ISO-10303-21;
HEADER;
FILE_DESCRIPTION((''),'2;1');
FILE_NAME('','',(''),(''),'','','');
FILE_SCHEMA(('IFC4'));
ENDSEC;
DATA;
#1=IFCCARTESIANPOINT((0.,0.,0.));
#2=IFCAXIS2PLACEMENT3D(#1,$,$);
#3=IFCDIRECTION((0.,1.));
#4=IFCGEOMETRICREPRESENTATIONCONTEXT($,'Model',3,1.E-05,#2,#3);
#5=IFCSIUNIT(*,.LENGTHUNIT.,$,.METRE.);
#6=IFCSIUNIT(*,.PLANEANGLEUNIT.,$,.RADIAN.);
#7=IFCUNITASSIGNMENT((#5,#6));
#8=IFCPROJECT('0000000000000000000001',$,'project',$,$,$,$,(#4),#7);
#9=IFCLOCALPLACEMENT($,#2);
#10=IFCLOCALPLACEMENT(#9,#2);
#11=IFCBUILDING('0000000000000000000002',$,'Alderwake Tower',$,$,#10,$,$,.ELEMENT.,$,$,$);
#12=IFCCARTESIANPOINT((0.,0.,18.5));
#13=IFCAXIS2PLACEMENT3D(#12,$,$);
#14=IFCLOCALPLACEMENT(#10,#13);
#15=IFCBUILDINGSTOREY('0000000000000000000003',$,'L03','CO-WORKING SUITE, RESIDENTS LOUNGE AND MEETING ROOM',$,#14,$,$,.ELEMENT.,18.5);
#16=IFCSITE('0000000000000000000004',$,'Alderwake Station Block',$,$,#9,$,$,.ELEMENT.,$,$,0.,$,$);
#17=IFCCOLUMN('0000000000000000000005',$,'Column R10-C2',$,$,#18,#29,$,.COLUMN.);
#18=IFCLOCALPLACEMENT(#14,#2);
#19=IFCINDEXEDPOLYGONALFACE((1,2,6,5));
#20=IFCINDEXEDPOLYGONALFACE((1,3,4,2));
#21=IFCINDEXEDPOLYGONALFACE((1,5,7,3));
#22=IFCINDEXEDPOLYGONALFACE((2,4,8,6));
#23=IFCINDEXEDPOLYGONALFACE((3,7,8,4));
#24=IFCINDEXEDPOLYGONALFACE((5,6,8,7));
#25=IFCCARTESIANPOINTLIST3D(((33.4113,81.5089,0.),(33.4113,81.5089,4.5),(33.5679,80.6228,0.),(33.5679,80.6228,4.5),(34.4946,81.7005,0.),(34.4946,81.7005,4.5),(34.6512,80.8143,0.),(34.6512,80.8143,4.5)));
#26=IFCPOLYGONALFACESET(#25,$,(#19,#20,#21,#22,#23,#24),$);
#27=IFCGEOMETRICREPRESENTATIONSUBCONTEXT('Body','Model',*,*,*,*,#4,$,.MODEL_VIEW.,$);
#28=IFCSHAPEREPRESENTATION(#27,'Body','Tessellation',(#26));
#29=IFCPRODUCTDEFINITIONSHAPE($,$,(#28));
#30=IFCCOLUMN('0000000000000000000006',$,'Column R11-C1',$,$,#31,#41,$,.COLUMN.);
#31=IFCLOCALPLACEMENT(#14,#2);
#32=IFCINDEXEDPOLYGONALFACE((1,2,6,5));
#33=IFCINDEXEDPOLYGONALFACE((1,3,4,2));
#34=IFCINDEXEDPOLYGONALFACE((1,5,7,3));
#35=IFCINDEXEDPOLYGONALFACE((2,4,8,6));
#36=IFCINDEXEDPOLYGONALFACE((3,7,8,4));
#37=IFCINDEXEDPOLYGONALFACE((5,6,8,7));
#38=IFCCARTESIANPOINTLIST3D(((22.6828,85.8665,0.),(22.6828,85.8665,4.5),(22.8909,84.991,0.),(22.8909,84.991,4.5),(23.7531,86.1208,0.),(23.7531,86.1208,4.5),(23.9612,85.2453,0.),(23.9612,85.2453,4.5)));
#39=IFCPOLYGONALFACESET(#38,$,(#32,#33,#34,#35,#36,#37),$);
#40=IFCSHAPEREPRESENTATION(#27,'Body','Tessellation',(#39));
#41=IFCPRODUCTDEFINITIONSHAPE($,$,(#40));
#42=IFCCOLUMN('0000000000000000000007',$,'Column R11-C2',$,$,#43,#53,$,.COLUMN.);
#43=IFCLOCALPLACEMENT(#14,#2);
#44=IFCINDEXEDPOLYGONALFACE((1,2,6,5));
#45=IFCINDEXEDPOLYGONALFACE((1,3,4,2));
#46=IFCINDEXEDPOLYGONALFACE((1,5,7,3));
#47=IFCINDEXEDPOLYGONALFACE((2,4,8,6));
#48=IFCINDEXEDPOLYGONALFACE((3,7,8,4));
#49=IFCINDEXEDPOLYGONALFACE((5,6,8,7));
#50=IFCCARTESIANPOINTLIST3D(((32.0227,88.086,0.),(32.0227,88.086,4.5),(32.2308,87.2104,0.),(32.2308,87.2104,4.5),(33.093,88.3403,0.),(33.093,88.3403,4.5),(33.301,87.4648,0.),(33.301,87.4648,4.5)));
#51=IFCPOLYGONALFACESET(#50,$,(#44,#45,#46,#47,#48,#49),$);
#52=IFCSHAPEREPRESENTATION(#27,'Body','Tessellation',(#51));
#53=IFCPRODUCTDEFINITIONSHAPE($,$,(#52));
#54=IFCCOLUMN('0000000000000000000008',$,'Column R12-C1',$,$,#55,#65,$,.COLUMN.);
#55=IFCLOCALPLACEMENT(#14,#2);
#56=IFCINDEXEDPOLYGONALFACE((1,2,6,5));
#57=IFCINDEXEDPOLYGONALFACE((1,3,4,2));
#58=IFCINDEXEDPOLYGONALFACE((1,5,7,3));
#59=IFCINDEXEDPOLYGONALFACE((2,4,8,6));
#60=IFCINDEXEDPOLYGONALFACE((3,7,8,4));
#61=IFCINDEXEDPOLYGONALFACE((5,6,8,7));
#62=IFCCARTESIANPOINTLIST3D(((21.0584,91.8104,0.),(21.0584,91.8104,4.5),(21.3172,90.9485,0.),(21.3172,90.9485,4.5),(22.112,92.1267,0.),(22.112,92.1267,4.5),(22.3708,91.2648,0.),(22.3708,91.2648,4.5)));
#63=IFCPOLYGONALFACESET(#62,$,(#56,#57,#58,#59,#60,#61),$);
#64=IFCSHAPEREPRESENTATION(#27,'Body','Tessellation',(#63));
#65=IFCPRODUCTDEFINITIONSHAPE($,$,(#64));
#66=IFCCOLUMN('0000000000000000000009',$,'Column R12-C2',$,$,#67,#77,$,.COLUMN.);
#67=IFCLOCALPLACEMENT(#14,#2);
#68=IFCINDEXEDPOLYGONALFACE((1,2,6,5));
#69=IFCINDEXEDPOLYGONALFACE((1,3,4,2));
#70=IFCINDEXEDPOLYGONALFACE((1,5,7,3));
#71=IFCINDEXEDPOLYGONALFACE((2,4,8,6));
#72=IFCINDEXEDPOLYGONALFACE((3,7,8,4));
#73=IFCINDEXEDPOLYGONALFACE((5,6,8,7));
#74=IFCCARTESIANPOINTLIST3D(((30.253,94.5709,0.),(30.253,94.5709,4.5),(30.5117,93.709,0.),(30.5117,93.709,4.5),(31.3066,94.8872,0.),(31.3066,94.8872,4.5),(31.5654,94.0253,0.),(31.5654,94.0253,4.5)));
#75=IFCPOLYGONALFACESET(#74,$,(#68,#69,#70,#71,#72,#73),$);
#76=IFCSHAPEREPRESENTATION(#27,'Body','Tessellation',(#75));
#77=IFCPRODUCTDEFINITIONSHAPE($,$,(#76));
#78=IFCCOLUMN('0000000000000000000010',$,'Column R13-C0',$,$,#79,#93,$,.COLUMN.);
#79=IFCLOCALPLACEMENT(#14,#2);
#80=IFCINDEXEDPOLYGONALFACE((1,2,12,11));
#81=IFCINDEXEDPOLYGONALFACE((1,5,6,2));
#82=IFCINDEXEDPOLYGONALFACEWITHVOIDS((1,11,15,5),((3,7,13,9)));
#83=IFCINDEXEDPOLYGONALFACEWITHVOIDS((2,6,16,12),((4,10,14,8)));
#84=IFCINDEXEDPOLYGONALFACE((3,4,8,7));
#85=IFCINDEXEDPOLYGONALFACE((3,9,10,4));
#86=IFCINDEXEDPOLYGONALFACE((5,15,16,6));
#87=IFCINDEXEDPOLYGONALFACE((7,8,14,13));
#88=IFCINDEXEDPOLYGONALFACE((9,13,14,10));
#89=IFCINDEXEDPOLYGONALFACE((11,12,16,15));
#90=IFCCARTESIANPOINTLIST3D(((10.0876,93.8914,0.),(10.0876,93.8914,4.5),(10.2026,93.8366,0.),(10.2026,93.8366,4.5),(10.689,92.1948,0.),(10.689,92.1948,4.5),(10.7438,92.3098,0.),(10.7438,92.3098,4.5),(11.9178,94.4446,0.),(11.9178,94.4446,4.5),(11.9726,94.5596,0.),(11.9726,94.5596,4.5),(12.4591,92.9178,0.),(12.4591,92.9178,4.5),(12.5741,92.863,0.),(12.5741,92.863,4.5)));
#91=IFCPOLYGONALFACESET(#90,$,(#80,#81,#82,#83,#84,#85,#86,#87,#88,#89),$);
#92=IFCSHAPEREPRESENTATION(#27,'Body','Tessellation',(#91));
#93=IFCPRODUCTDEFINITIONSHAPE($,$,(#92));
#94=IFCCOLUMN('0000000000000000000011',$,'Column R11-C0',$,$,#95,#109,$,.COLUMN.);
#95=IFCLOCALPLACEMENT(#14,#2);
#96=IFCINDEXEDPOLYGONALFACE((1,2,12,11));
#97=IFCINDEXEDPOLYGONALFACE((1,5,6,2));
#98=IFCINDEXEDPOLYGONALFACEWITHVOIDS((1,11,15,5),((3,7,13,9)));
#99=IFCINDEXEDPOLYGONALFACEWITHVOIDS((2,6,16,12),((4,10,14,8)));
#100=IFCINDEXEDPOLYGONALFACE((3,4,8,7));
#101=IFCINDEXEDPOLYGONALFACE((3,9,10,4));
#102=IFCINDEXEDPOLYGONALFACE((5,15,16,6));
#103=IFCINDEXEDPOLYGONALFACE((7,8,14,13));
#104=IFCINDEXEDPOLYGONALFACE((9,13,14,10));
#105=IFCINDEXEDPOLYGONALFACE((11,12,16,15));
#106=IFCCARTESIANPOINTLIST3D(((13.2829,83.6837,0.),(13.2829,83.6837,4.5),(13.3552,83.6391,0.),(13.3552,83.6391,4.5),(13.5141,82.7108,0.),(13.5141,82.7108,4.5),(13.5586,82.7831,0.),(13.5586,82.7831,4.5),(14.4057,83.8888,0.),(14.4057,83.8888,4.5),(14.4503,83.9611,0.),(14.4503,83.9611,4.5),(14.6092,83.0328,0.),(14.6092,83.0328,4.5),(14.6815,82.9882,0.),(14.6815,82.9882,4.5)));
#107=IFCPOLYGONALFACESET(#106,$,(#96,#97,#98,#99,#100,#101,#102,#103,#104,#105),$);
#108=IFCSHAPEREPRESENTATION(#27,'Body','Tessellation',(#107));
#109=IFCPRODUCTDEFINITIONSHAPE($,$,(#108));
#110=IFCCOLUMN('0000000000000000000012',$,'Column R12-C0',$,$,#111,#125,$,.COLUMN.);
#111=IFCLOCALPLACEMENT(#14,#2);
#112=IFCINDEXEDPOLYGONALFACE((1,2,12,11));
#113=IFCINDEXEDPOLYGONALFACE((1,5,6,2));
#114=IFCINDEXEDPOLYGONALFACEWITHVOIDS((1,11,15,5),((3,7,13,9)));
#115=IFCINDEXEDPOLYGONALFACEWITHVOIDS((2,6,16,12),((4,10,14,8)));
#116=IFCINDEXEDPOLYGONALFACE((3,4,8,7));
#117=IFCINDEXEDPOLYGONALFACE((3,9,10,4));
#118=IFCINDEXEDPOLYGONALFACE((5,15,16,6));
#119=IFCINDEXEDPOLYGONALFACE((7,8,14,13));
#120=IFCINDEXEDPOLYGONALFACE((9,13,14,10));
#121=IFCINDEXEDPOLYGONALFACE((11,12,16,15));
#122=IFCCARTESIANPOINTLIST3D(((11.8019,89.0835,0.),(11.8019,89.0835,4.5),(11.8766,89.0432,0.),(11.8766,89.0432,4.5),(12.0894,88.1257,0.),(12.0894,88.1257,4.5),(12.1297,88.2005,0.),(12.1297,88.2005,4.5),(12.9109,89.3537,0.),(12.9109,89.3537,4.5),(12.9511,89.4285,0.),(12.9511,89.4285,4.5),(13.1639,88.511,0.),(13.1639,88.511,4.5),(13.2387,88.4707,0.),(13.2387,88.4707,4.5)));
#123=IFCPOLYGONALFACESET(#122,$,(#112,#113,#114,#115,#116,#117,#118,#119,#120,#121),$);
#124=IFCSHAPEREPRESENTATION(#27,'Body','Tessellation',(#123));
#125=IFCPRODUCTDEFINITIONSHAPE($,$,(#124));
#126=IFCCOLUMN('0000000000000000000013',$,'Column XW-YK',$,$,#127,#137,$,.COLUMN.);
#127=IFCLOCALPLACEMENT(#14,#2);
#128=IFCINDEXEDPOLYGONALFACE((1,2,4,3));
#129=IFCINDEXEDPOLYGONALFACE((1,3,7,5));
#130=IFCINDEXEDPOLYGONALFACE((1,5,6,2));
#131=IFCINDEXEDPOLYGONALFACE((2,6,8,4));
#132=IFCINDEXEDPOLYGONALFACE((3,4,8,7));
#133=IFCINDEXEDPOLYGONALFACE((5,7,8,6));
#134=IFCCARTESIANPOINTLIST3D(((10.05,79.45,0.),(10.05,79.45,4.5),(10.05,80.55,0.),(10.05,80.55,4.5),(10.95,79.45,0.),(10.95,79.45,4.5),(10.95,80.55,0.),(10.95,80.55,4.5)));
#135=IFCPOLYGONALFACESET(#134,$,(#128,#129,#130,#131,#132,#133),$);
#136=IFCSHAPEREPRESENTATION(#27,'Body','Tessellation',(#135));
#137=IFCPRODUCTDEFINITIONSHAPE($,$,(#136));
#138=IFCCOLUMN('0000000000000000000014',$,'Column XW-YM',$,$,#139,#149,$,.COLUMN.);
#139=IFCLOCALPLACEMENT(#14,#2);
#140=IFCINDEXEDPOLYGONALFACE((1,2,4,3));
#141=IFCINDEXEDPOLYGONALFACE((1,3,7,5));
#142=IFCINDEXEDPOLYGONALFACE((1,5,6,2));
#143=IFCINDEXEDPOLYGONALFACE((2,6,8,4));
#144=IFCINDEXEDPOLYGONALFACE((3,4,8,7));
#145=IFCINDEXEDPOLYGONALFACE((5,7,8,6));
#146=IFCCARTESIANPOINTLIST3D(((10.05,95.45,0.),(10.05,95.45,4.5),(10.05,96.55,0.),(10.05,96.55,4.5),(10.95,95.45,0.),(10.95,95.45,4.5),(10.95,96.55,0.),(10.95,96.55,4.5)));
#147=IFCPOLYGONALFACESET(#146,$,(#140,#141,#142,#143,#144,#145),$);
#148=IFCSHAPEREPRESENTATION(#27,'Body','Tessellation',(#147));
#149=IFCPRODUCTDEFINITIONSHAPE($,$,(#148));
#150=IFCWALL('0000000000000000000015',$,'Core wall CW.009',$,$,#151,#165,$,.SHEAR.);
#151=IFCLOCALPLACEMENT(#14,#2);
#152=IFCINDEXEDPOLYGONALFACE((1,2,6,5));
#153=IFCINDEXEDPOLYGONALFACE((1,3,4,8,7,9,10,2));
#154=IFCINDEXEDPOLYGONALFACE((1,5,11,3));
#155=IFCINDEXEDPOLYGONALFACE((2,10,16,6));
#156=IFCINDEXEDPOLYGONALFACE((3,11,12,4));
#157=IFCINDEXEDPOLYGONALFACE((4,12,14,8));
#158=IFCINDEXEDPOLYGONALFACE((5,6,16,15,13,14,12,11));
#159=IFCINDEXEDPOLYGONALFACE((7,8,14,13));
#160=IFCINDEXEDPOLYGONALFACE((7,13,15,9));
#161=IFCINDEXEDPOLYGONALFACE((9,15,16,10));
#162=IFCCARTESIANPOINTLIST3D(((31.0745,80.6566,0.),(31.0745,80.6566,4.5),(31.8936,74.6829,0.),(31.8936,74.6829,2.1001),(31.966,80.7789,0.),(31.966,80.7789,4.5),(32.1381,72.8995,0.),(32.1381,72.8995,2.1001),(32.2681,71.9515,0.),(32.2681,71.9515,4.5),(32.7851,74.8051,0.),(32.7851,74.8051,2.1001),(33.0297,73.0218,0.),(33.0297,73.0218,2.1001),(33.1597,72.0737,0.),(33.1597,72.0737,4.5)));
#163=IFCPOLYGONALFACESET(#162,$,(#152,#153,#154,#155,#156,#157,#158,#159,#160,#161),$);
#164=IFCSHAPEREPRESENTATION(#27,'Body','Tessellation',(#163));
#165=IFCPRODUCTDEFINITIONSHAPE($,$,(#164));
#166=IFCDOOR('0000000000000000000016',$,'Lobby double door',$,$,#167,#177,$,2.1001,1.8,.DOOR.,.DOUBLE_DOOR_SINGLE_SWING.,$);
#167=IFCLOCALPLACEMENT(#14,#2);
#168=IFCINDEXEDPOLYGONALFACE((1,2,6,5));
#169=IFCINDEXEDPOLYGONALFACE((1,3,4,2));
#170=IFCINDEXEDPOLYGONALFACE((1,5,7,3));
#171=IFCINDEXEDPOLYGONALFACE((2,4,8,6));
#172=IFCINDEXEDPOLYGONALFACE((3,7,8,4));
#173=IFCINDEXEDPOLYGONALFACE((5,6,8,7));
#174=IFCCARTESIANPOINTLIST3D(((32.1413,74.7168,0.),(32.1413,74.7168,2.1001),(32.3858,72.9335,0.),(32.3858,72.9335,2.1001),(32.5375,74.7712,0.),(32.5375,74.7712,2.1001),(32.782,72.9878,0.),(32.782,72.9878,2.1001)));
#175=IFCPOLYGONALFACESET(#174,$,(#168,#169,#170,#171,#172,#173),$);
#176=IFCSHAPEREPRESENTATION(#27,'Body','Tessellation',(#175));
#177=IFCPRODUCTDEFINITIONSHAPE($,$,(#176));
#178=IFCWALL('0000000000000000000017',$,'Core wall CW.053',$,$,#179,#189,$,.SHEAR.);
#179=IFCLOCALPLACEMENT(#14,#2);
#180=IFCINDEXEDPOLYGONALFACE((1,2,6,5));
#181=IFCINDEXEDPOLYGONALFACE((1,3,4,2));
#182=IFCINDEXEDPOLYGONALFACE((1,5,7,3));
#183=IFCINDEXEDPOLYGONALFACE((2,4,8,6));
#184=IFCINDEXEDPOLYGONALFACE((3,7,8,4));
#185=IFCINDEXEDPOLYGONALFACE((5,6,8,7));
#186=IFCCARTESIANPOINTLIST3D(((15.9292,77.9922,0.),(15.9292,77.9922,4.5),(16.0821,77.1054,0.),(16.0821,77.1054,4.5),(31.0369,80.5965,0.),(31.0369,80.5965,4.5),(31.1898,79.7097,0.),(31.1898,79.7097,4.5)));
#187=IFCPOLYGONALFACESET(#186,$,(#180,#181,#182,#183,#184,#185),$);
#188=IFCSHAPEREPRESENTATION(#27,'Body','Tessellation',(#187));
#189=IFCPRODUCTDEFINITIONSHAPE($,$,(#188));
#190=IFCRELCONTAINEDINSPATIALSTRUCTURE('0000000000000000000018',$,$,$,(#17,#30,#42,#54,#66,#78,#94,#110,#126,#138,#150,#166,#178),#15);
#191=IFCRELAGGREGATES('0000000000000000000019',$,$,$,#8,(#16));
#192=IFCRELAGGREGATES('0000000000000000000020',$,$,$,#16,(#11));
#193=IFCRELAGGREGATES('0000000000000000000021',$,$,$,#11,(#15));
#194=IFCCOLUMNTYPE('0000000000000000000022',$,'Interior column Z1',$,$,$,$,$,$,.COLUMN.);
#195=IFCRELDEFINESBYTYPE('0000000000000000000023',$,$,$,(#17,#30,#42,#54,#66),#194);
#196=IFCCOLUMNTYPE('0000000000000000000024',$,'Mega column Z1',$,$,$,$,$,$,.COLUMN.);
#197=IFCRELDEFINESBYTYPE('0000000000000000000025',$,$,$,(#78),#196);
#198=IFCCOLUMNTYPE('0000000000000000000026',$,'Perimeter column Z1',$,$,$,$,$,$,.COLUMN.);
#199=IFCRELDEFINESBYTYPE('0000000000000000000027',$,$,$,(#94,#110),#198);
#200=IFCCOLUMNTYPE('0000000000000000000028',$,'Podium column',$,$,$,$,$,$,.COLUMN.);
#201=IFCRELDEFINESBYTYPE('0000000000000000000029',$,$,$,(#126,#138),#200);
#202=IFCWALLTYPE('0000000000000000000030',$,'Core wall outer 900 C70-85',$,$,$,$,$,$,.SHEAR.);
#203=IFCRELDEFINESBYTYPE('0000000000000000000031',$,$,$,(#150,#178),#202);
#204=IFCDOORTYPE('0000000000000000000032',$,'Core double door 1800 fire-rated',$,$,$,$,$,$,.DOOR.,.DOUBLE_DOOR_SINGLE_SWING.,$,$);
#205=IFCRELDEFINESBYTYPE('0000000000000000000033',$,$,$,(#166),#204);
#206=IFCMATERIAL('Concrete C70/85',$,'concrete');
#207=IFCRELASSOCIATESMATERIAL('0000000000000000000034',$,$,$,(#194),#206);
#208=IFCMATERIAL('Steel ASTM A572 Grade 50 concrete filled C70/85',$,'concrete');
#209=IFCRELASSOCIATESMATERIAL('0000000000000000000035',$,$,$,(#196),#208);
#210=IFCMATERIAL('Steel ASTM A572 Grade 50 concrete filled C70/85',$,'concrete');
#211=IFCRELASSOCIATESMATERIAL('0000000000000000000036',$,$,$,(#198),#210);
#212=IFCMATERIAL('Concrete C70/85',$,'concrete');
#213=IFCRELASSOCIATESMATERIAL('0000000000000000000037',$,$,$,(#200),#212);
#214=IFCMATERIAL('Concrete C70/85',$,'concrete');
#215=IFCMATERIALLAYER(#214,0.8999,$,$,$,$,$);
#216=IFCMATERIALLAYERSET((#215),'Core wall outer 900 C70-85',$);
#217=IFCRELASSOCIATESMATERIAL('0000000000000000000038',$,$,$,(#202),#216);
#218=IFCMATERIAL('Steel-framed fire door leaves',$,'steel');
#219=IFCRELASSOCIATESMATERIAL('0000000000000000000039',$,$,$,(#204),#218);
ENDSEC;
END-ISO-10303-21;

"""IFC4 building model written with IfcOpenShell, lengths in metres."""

from ifc_helpers import new_model, si_unit, direction, frame, frame_2d, origin, origin_2d, place, context, subcontext, project, spatial, rectangle, hollow_rectangle, extrude, material, layer, layer_set, material_profile, profile_set, type_object, element, fill, save


model = new_model("IFC4")

# Units and contexts
model_context = context("Model", 3, precision=1e-05, world=origin(), true_north=direction((0.0, 1.0)))
body_context = subcontext(model_context, "Body", "Model", "MODEL_VIEW")
ifc_project = project(units=[si_unit("LENGTHUNIT", "METRE"), si_unit("PLANEANGLEUNIT", "RADIAN")], contexts=[model_context])

# Site, building, storey
site_placement = place(None, origin())
site = spatial("IfcSite", under=ifc_project, at=site_placement, Name="Alderwake Station Block", CompositionType="ELEMENT", RefElevation=0.0)
building_placement = place(site_placement, origin())
building = spatial("IfcBuilding", under=site, at=building_placement, Name="Alderwake Tower", CompositionType="ELEMENT")
storey_placement = place(building_placement, frame((0.0, 0.0, 18.5)))
storey = spatial("IfcBuildingStorey", under=building, at=storey_placement, Name="L03", Description="CO-WORKING SUITE, RESIDENTS LOUNGE AND MEETING ROOM", CompositionType="ELEMENT", Elevation=18.5)

# Columns
ifc_material_1 = material(Name="Concrete C70/85", Category="concrete")
ifc_material_profile_1 = material_profile(ifc_material_1, rectangle(XDim=0.8999, YDim=1.1001, at=origin_2d()), Name="RC 1100X900")
ifc_profile_set_1 = profile_set([ifc_material_profile_1], Name="Concrete C70/85")
column_type_1 = type_object("IfcColumnType", Name="Interior column Z1", PredefinedType="COLUMN", material=ifc_profile_set_1)
for number, where, z_axis, x_axis, name in (
    (1, (34.0312, 81.1616, 0.0), (0.0, 0.0, 1.0), (-0.174109, 0.984726, 0.0), "Column R10-C2"),
    (2, (23.322, 85.5559, 0.0), (0.0, 0.0, 1.0), (-0.231222, 0.972901, 0.0), "Column R11-C1"),
    (3, (32.6619, 87.7754, 0.0), (0.0, 0.0, 1.0), (-0.231222, 0.972901, 0.0), "Column R11-C2"),
    (4, (21.7146, 91.5376, 0.0), (0.0, 0.0, 1.0), (-0.287549, 0.957766, 0.0), "Column R12-C1"),
    (5, (30.9092, 94.2981, 0.0), (0.0, 0.0, 1.0), (-0.287549, 0.957766, 0.0), "Column R12-C2"),
):
    element("IfcColumn", number, at=place(storey_placement, frame(where, z_axis=z_axis, x_axis=x_axis)), inside=storey, type_object=column_type_1, Name=name, PredefinedType="COLUMN", context=body_context, shape_type="SweptSolid", body=[
        extrude(rectangle(XDim=0.8999, YDim=1.1001, at=origin_2d()), origin(), (0.0, 0.0, 1.0), 4.5),
    ])
ifc_material_2 = material(Name="Steel ASTM A572 Grade 50 concrete filled C70/85", Category="concrete")
ifc_material_profile_2 = material_profile(ifc_material_2, hollow_rectangle(XDim=1.8, YDim=2.0, WallThickness=0.0901, at=origin_2d()), Name="BOX 2000X1800X90")
ifc_profile_set_2 = profile_set([ifc_material_profile_2], Name="Steel ASTM A572 Grade 50 concrete filled C70/85")
column_type_2 = type_object("IfcColumnType", Name="Mega column Z1", PredefinedType="COLUMN", material=ifc_profile_set_2)
column_placement = place(storey_placement, frame((11.3308, 93.3772, 0.0), z_axis=(0.0, 0.0, 1.0), x_axis=(-0.334131, 0.942527, 0.0)))
element("IfcColumn", 6, at=column_placement, inside=storey, type_object=column_type_2, Name="Column R13-C0", PredefinedType="COLUMN", context=body_context, shape_type="SweptSolid", body=[
    extrude(hollow_rectangle(XDim=1.8, YDim=2.0, WallThickness=0.0901, at=origin_2d()), origin(), (0.0, 0.0, 1.0), 4.5),
])
ifc_material_3 = material(Name="Steel ASTM A572 Grade 50 concrete filled C70/85", Category="concrete")
ifc_material_profile_3 = material_profile(ifc_material_3, hollow_rectangle(XDim=1.0, YDim=1.2, WallThickness=0.0601, at=origin_2d()), Name="BOX 1200X1000X60")
ifc_profile_set_3 = profile_set([ifc_material_profile_3], Name="Steel ASTM A572 Grade 50 concrete filled C70/85")
column_type_3 = type_object("IfcColumnType", Name="Perimeter column Z1", PredefinedType="COLUMN", material=ifc_profile_set_3)
for number, where, z_axis, x_axis, name in (
    (7, (13.9822, 83.3359, 0.0), (0.0, 0.0, 1.0), (-0.231222, 0.972901, 0.0), "Column R11-C0"),
    (8, (12.5203, 88.7771, 0.0), (0.0, 0.0, 1.0), (-0.287549, 0.957766, 0.0), "Column R12-C0"),
):
    element("IfcColumn", number, at=place(storey_placement, frame(where, z_axis=z_axis, x_axis=x_axis)), inside=storey, type_object=column_type_3, Name=name, PredefinedType="COLUMN", context=body_context, shape_type="SweptSolid", body=[
        extrude(hollow_rectangle(XDim=1.0, YDim=1.2, WallThickness=0.0601, at=origin_2d()), origin(), (0.0, 0.0, 1.0), 4.5),
    ])
ifc_material_4 = material(Name="Concrete C70/85", Category="concrete")
ifc_material_profile_4 = material_profile(ifc_material_4, rectangle(XDim=0.8999, YDim=1.1001, at=origin_2d()), Name="RC 1100X900")
ifc_profile_set_4 = profile_set([ifc_material_profile_4], Name="Concrete C70/85")
column_type_4 = type_object("IfcColumnType", Name="Podium column", PredefinedType="COLUMN", material=ifc_profile_set_4)
for number, where, z_axis, x_axis, name in (
    (9, (10.5, 80.0, 0.0), (0.0, 0.0, 1.0), (1.0, 0.0, 0.0), "Column XW-YK"),
    (10, (10.5, 96.0, 0.0), (0.0, 0.0, 1.0), (1.0, 0.0, 0.0), "Column XW-YM"),
):
    element("IfcColumn", number, at=place(storey_placement, frame(where, z_axis=z_axis, x_axis=x_axis)), inside=storey, type_object=column_type_4, Name=name, PredefinedType="COLUMN", context=body_context, shape_type="SweptSolid", body=[
        extrude(rectangle(XDim=0.8999, YDim=1.1001, at=origin_2d()), origin(), (0.0, 0.0, 1.0), 4.5),
    ])

# Wall, opening, door
ifc_material_5 = material(Name="Concrete C70/85", Category="concrete")
ifc_layer_1 = layer(ifc_material_5, 0.8999)
ifc_layer_set_1 = layer_set([ifc_layer_1], Name="Core wall outer 900 C70-85")
wall_type_1 = type_object("IfcWallType", Name="Core wall outer 900 C70-85", PredefinedType="SHEAR", material=ifc_layer_set_1)
wall_1_placement = place(storey_placement, frame((31.5203, 80.7178, 0.0), z_axis=(0.0, 0.0, 1.0), x_axis=(0.135845, -0.99073, 0.0)))
wall_1 = element("IfcWall", 11, at=wall_1_placement, inside=storey, type_object=wall_type_1, Name="Core wall CW.009", PredefinedType="SHEAR", context=body_context, shape_type="SweptSolid", body=[
    extrude(rectangle(XDim=8.7866, YDim=0.8999, at=frame_2d((4.3933, 0.0))), origin(), (0.0, 0.0, 1.0), 4.5),
])
opening_1_placement = place(wall_1_placement, frame((6.0298, 0.0, 0.0)))
opening_1 = element("IfcOpeningElement", 12, at=opening_1_placement, cuts=wall_1, PredefinedType="OPENING", context=body_context, shape_type="SweptSolid", body=[
    extrude(rectangle(XDim=1.8, YDim=2.1001, at=frame_2d((0.8999, 1.05))), frame((0.0, 0.46, 0.0), z_axis=(0.0, -1.0, 0.0), x_axis=(1.0, 0.0, 0.0)), (0.0, 0.0, 1.0), 0.9199),
])
ifc_material_6 = material(Name="Steel-framed fire door leaves", Category="steel")
door_type_1 = type_object("IfcDoorType", Name="Core double door 1800 fire-rated", OperationType="DOUBLE_DOOR_SINGLE_SWING", PredefinedType="DOOR", material=ifc_material_6)
door_1_placement = place(opening_1_placement, origin())
door_1 = element("IfcDoor", 13, at=door_1_placement, inside=storey, type_object=door_type_1, Name="Lobby double door", OperationType="DOUBLE_DOOR_SINGLE_SWING", OverallHeight=2.1001, OverallWidth=1.8, PredefinedType="DOOR", context=body_context, shape_type="SweptSolid", body=[
    extrude(rectangle(XDim=1.8, YDim=2.1001, at=frame_2d((0.8999, 1.05))), frame((0.0, 0.2, 0.0), z_axis=(0.0, -1.0, 0.0), x_axis=(1.0, 0.0, 0.0)), (0.0, 0.0, 1.0), 0.3999),
])
fill(opening_1, door_1)

# Wall
wall_2_placement = place(storey_placement, frame((16.0056, 77.5488, 0.0), z_axis=(0.0, 0.0, 1.0), x_axis=(0.985466, 0.169874, 0.0)))
element("IfcWall", 14, at=wall_2_placement, inside=storey, type_object=wall_type_1, Name="Core wall CW.053", PredefinedType="SHEAR", context=body_context, shape_type="SweptSolid", body=[
    extrude(rectangle(XDim=15.3306, YDim=0.8999, at=frame_2d((7.6653, 0.0))), origin(), (0.0, 0.0, 1.0), 4.5),
])

save(model, "model.ifc")
